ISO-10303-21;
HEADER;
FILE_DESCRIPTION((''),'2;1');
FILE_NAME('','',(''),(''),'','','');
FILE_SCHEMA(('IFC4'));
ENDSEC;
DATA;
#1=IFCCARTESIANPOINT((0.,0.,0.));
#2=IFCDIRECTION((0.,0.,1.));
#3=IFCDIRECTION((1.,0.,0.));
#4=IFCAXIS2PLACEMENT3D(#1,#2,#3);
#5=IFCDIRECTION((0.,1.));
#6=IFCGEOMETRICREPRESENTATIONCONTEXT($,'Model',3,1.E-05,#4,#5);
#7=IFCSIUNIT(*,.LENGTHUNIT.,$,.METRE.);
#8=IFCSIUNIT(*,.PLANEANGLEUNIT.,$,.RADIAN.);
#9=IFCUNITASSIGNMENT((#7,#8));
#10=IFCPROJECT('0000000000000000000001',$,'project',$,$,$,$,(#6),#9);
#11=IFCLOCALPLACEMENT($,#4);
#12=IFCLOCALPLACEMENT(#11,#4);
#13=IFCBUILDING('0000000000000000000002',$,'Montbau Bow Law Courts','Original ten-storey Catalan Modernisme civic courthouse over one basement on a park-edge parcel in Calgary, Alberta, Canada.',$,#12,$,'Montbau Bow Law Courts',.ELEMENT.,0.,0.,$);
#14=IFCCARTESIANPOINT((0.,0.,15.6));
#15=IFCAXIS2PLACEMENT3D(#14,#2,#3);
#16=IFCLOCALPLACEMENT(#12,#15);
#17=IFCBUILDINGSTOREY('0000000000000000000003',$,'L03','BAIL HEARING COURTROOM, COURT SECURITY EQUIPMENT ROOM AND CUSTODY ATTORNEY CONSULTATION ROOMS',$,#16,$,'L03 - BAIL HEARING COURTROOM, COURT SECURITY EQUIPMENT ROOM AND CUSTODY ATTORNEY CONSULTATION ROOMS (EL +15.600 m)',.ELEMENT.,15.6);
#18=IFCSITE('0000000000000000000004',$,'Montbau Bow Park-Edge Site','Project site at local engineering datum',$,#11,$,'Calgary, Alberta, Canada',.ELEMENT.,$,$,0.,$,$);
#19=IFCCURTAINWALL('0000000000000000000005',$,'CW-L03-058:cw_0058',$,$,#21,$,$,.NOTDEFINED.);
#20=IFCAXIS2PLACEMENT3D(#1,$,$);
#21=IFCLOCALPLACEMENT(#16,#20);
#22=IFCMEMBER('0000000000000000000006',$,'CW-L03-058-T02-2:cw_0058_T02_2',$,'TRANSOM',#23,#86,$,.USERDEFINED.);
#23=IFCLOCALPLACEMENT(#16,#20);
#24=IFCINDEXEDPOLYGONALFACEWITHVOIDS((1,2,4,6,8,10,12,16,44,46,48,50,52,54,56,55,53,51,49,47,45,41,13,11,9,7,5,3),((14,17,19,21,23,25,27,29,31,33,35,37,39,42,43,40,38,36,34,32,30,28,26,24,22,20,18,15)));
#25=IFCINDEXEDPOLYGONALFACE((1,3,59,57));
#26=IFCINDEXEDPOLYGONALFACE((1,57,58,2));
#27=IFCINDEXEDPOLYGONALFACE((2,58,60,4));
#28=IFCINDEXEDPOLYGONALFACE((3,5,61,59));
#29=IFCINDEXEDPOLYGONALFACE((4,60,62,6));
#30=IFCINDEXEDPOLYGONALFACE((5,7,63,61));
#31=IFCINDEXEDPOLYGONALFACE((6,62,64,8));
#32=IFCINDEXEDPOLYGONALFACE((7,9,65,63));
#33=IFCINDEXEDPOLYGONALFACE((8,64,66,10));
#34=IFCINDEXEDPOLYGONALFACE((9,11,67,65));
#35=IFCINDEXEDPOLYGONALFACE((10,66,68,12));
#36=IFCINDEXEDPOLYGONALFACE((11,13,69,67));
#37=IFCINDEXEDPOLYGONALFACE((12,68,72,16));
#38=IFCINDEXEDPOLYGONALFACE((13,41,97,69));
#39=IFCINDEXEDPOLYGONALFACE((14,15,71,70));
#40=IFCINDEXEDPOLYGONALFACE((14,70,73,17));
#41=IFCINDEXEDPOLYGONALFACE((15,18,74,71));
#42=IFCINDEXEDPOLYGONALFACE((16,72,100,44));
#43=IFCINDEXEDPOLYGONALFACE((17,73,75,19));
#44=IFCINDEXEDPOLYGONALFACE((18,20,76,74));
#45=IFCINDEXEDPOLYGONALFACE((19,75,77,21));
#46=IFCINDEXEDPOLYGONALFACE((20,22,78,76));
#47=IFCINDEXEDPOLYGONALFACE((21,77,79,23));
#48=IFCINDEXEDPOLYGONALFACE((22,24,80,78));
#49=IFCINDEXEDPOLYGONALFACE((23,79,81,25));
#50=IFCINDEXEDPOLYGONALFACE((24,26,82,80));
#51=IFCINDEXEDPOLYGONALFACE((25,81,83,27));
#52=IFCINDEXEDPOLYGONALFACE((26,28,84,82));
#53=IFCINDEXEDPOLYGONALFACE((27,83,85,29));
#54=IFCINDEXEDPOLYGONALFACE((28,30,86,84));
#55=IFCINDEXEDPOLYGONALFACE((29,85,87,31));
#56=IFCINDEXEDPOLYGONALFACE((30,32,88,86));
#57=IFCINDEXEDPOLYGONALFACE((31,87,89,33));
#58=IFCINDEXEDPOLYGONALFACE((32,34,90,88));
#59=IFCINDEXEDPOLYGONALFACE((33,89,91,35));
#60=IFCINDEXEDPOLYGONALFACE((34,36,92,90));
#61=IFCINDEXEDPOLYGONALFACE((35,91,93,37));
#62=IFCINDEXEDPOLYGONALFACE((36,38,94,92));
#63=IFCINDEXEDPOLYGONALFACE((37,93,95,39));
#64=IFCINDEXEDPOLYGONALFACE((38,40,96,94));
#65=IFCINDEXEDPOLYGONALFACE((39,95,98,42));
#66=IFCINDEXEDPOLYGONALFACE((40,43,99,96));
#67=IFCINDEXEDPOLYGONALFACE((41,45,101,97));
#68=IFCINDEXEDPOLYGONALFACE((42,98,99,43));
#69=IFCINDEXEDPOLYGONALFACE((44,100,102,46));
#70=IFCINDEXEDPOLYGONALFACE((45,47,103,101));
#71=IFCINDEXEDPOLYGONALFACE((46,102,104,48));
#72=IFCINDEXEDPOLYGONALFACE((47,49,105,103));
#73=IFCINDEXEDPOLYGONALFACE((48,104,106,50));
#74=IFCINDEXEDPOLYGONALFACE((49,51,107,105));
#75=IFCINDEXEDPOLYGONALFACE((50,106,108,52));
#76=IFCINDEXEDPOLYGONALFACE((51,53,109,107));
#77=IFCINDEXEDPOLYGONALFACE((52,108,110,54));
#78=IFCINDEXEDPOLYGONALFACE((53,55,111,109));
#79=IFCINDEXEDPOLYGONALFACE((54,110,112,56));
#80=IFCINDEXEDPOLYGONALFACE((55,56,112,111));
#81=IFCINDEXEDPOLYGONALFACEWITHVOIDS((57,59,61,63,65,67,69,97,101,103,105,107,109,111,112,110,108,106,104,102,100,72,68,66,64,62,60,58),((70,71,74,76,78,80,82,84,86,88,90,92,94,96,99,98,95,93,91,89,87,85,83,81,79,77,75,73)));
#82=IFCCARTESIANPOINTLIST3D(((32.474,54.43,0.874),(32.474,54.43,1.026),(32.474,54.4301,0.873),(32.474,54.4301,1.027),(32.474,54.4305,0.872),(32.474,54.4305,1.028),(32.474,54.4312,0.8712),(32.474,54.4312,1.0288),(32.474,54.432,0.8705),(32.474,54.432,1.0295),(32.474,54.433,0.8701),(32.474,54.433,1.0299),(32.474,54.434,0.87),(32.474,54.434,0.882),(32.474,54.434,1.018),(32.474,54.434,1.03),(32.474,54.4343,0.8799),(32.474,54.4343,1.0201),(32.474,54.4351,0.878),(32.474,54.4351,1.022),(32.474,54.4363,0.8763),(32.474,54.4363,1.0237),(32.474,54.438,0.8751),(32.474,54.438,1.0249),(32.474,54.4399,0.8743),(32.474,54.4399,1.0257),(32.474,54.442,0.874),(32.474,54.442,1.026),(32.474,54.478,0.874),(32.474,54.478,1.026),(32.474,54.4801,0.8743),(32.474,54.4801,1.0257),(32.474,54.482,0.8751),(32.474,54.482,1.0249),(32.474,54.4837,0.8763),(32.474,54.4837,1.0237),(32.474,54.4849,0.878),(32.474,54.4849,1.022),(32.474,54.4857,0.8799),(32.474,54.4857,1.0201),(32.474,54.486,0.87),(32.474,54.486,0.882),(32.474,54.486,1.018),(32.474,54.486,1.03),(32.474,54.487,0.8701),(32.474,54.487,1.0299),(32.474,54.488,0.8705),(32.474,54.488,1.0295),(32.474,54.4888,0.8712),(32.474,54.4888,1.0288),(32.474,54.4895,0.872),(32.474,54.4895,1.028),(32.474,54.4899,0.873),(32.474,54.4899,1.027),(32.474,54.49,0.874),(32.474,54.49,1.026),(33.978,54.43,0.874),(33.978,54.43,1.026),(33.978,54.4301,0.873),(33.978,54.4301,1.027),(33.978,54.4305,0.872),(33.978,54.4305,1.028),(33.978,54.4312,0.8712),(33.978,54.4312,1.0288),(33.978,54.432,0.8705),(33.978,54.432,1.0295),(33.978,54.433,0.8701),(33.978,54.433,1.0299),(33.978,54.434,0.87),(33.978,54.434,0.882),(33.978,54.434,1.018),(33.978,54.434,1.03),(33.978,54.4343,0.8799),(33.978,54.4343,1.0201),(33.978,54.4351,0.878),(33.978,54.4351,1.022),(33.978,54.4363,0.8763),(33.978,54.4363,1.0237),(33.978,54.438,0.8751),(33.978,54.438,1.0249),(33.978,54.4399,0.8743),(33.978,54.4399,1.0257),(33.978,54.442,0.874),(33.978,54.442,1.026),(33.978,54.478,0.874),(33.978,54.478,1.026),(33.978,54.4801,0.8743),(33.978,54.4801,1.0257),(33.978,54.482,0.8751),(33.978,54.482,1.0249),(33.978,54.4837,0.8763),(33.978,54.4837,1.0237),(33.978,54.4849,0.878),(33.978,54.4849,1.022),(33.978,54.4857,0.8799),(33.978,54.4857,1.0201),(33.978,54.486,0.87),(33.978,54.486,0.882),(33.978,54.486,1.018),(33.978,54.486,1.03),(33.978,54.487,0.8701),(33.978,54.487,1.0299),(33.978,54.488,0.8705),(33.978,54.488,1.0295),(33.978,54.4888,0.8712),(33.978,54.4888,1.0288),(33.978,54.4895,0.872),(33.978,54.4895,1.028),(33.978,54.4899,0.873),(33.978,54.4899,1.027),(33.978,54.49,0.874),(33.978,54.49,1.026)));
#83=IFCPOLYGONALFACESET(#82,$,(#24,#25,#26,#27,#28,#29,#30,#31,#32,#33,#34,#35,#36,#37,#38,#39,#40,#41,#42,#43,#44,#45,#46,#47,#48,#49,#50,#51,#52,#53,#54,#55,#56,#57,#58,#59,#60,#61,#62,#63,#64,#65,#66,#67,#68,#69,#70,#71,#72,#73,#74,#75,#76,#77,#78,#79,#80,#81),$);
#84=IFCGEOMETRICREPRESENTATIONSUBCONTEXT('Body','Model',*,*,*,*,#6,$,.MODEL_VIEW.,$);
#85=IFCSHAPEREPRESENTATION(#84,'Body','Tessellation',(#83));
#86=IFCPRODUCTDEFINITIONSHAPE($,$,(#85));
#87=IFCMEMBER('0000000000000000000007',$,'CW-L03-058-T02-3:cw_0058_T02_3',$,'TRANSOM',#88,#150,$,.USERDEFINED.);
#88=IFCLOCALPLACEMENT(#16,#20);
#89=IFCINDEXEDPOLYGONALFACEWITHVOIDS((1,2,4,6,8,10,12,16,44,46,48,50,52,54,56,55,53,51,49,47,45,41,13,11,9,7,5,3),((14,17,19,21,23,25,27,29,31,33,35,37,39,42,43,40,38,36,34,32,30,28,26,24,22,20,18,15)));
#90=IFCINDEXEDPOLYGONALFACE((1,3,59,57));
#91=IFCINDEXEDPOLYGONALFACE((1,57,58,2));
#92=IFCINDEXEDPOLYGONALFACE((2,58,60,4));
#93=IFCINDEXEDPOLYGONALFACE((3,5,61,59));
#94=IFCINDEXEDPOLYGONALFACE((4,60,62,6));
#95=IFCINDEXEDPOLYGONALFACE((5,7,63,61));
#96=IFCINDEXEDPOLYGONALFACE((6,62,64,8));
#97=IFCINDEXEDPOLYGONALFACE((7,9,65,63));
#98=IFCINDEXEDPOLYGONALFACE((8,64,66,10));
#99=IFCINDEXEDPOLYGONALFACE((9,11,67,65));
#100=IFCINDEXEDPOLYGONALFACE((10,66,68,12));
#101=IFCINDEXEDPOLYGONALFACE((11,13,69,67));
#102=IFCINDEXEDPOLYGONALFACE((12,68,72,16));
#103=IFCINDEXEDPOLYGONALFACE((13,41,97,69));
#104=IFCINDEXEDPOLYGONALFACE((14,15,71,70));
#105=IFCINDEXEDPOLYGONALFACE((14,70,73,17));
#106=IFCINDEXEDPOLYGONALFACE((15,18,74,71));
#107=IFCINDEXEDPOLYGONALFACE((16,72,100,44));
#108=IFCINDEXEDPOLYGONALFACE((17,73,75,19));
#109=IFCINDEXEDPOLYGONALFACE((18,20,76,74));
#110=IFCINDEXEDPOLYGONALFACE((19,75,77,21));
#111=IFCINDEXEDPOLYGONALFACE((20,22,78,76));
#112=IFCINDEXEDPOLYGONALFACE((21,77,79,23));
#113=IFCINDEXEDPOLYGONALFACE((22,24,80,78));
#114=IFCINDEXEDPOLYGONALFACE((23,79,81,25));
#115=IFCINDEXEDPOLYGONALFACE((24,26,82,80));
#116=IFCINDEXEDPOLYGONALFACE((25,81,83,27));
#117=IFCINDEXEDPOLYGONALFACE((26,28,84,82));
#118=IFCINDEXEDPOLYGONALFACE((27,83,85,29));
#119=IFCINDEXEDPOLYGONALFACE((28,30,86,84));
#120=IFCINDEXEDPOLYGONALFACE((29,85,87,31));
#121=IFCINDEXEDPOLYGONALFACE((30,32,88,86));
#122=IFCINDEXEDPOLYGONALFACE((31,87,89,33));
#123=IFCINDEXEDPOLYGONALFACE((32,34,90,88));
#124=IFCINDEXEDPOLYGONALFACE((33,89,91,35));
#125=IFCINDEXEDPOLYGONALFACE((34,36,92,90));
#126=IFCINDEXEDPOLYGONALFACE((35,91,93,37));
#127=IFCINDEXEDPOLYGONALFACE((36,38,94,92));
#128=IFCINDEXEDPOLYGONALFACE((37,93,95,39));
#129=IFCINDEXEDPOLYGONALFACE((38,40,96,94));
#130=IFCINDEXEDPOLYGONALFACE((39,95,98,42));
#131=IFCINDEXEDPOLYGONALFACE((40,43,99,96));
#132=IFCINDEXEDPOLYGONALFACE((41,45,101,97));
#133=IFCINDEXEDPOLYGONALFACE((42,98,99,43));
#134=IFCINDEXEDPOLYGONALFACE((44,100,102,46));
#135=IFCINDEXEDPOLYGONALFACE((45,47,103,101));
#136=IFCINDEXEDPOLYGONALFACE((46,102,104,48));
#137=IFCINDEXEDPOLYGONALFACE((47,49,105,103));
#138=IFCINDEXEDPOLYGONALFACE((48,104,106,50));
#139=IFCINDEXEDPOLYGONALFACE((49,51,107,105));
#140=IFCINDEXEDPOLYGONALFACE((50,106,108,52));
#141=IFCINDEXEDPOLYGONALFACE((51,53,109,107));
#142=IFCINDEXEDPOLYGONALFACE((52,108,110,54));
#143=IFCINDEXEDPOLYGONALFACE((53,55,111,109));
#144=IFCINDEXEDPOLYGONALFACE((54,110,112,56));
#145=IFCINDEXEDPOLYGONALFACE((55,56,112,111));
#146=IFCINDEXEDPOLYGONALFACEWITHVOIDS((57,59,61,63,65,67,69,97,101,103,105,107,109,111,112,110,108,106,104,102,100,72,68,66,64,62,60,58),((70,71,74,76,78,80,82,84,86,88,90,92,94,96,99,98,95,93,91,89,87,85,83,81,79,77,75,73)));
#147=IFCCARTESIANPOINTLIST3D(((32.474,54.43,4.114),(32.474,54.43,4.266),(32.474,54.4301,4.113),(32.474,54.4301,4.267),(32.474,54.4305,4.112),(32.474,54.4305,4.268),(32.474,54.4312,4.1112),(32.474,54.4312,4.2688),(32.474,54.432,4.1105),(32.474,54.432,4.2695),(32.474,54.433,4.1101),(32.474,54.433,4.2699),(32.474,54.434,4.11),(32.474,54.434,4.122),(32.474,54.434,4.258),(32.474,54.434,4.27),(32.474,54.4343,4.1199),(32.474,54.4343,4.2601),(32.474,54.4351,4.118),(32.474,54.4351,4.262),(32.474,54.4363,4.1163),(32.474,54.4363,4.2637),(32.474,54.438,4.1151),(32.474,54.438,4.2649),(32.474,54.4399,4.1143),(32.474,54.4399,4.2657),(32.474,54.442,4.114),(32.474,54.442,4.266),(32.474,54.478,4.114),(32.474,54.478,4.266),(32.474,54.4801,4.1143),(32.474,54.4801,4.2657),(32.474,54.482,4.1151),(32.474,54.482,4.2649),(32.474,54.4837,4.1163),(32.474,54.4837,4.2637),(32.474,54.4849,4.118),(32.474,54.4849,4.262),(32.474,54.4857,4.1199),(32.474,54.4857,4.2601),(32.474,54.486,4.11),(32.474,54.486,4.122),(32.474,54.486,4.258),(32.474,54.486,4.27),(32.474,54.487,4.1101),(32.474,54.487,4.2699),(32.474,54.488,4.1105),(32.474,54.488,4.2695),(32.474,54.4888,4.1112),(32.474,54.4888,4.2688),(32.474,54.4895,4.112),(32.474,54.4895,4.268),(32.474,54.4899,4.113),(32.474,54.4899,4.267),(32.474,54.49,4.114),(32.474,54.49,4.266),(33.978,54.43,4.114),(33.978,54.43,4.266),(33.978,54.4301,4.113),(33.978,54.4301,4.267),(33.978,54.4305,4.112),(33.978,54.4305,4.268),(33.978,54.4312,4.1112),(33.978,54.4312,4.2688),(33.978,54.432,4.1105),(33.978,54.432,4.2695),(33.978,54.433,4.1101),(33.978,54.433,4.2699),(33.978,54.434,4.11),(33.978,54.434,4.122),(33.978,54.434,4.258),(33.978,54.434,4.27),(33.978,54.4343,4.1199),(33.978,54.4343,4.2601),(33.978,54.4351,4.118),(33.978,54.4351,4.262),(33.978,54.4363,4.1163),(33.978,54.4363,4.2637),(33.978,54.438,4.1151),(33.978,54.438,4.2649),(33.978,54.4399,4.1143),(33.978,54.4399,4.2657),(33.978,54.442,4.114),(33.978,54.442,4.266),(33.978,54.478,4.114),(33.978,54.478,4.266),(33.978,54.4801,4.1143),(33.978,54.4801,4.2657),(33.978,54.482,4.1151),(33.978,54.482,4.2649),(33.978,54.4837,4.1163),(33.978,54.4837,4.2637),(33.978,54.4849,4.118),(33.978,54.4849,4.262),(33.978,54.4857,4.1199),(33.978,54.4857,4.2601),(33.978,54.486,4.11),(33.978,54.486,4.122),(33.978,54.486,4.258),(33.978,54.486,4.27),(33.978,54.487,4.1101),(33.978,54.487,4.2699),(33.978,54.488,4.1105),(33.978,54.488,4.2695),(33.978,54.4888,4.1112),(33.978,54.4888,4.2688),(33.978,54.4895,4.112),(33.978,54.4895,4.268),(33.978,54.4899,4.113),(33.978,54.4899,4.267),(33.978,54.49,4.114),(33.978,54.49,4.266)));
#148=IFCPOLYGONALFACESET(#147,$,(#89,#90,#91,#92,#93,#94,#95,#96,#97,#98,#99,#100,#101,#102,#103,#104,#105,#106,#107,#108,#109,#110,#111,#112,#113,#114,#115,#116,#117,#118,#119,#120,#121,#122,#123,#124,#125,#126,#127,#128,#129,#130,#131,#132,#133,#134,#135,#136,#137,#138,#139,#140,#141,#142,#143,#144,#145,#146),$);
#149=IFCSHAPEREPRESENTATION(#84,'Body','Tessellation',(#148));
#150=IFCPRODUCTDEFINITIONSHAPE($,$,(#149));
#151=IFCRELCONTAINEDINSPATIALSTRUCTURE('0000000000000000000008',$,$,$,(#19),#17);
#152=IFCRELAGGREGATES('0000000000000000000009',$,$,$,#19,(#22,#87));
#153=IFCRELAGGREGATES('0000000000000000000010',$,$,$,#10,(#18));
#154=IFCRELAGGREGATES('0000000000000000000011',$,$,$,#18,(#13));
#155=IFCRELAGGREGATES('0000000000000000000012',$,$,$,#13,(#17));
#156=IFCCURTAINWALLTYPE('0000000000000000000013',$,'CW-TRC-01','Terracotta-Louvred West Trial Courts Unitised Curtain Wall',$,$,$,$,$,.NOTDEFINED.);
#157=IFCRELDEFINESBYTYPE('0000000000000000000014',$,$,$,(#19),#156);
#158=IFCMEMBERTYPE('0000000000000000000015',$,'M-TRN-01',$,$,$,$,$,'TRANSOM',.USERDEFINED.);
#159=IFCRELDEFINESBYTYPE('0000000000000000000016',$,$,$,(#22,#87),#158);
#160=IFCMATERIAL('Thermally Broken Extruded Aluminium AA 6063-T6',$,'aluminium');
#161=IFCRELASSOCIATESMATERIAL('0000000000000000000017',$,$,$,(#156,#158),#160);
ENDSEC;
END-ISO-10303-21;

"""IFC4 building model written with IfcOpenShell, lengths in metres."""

from ifc_helpers import new_model, si_unit, direction, frame, origin_with_axes, origin_2d_with_axis, place, context, subcontext, project, spatial, hollow_rectangle, extrude, material, material_profile, profile_set, type_object, element, aggregate, save


model = new_model("IFC4")

# Units and contexts
model_context = context("Model", 3, precision=1e-05, world=origin_with_axes(), true_north=direction((0.0, 1.0)))
body_context = subcontext(model_context, "Body", "Model", "MODEL_VIEW")
ifc_project = project(units=[si_unit("LENGTHUNIT", "METRE"), si_unit("PLANEANGLEUNIT", "RADIAN")], contexts=[model_context])

# Site, building, storey
site_placement = place(None, origin_with_axes())
site = spatial("IfcSite", under=ifc_project, at=site_placement, Name="Montbau Bow Park-Edge Site", Description="Project site at local engineering datum", LongName="Calgary, Alberta, Canada", CompositionType="ELEMENT", RefElevation=0.0)
building_placement = place(site_placement, origin_with_axes())
building = spatial("IfcBuilding", under=site, at=building_placement, Name="Montbau Bow Law Courts", Description="Original ten-storey Catalan Modernisme civic courthouse over one basement on a park-edge parcel in Calgary, Alberta, Canada.", LongName="Montbau Bow Law Courts", CompositionType="ELEMENT", ElevationOfRefHeight=0.0, ElevationOfTerrain=0.0)
storey_placement = place(building_placement, frame((0.0, 0.0, 15.6), z_axis=(0.0, 0.0, 1.0), x_axis=(1.0, 0.0, 0.0)))
storey = spatial("IfcBuildingStorey", under=building, at=storey_placement, Name="L03", Description="BAIL HEARING COURTROOM, COURT SECURITY EQUIPMENT ROOM AND CUSTODY ATTORNEY CONSULTATION ROOMS", LongName="L03 - BAIL HEARING COURTROOM, COURT SECURITY EQUIPMENT ROOM AND CUSTODY ATTORNEY CONSULTATION ROOMS (EL +15.600 m)", CompositionType="ELEMENT", Elevation=15.6)

# Curtain wall, members
ifc_material_1 = material(Name="Thermally Broken Extruded Aluminium AA 6063-T6", Category="aluminium")
curtain_wall_type = type_object("IfcCurtainWallType", Name="CW-TRC-01", Description="Terracotta-Louvred West Trial Courts Unitised Curtain Wall", PredefinedType="NOTDEFINED", material=ifc_material_1)
curtain_wall_placement = place(None, frame((30.867, 54.46, 15.6), z_axis=(0.0, 0.0, 1.0), x_axis=(1.0, 0.0, 0.0)))
curtain_wall = element("IfcCurtainWall", 1, at=curtain_wall_placement, inside=storey, type_object=curtain_wall_type, Name="CW-L03-058:cw_0058", PredefinedType="NOTDEFINED")
ifc_material_profile_1 = material_profile(ifc_material_1, hollow_rectangle(XDim=0.06, YDim=0.16, WallThickness=0.004, InnerFilletRadius=0.008, OuterFilletRadius=0.004, at=origin_2d_with_axis()), Name="CWT-160X60", Category="Main", Priority=0)
ifc_profile_set_1 = profile_set([ifc_material_profile_1], Name="Thermally Broken Extruded Aluminium AA 6063-T6")
member_type_1 = type_object("IfcMemberType", Name="M-TRN-01", ElementType="TRANSOM", PredefinedType="USERDEFINED", material=ifc_profile_set_1)
member_1_placement = place(None, frame((32.474, 54.46, 16.55), z_axis=(1.0, 0.0, 0.0), x_axis=(0.0, 1.0, 0.0)))
member_1 = element("IfcMember", 2, at=member_1_placement, type_object=member_type_1, Name="CW-L03-058-T02-2:cw_0058_T02_2", ObjectType="TRANSOM", PredefinedType="USERDEFINED", context=body_context, shape_type="SweptSolid", body=[
    extrude(hollow_rectangle(XDim=0.06, YDim=0.16, WallThickness=0.004, InnerFilletRadius=0.008, OuterFilletRadius=0.004, at=origin_2d_with_axis()), origin_with_axes(), (0.0, 0.0, 1.0), 1.504),
])
member_2_placement = place(None, frame((32.474, 54.46, 19.79), z_axis=(1.0, 0.0, 0.0), x_axis=(0.0, 1.0, 0.0)))
member_2 = element("IfcMember", 3, at=member_2_placement, type_object=member_type_1, Name="CW-L03-058-T02-3:cw_0058_T02_3", ObjectType="TRANSOM", PredefinedType="USERDEFINED", context=body_context, shape_type="SweptSolid", body=[
    extrude(hollow_rectangle(XDim=0.06, YDim=0.16, WallThickness=0.004, InnerFilletRadius=0.008, OuterFilletRadius=0.004, at=origin_2d_with_axis()), origin_with_axes(), (0.0, 0.0, 1.0), 1.504),
])
aggregate(curtain_wall, [member_1, member_2])

save(model, "model.ifc")
